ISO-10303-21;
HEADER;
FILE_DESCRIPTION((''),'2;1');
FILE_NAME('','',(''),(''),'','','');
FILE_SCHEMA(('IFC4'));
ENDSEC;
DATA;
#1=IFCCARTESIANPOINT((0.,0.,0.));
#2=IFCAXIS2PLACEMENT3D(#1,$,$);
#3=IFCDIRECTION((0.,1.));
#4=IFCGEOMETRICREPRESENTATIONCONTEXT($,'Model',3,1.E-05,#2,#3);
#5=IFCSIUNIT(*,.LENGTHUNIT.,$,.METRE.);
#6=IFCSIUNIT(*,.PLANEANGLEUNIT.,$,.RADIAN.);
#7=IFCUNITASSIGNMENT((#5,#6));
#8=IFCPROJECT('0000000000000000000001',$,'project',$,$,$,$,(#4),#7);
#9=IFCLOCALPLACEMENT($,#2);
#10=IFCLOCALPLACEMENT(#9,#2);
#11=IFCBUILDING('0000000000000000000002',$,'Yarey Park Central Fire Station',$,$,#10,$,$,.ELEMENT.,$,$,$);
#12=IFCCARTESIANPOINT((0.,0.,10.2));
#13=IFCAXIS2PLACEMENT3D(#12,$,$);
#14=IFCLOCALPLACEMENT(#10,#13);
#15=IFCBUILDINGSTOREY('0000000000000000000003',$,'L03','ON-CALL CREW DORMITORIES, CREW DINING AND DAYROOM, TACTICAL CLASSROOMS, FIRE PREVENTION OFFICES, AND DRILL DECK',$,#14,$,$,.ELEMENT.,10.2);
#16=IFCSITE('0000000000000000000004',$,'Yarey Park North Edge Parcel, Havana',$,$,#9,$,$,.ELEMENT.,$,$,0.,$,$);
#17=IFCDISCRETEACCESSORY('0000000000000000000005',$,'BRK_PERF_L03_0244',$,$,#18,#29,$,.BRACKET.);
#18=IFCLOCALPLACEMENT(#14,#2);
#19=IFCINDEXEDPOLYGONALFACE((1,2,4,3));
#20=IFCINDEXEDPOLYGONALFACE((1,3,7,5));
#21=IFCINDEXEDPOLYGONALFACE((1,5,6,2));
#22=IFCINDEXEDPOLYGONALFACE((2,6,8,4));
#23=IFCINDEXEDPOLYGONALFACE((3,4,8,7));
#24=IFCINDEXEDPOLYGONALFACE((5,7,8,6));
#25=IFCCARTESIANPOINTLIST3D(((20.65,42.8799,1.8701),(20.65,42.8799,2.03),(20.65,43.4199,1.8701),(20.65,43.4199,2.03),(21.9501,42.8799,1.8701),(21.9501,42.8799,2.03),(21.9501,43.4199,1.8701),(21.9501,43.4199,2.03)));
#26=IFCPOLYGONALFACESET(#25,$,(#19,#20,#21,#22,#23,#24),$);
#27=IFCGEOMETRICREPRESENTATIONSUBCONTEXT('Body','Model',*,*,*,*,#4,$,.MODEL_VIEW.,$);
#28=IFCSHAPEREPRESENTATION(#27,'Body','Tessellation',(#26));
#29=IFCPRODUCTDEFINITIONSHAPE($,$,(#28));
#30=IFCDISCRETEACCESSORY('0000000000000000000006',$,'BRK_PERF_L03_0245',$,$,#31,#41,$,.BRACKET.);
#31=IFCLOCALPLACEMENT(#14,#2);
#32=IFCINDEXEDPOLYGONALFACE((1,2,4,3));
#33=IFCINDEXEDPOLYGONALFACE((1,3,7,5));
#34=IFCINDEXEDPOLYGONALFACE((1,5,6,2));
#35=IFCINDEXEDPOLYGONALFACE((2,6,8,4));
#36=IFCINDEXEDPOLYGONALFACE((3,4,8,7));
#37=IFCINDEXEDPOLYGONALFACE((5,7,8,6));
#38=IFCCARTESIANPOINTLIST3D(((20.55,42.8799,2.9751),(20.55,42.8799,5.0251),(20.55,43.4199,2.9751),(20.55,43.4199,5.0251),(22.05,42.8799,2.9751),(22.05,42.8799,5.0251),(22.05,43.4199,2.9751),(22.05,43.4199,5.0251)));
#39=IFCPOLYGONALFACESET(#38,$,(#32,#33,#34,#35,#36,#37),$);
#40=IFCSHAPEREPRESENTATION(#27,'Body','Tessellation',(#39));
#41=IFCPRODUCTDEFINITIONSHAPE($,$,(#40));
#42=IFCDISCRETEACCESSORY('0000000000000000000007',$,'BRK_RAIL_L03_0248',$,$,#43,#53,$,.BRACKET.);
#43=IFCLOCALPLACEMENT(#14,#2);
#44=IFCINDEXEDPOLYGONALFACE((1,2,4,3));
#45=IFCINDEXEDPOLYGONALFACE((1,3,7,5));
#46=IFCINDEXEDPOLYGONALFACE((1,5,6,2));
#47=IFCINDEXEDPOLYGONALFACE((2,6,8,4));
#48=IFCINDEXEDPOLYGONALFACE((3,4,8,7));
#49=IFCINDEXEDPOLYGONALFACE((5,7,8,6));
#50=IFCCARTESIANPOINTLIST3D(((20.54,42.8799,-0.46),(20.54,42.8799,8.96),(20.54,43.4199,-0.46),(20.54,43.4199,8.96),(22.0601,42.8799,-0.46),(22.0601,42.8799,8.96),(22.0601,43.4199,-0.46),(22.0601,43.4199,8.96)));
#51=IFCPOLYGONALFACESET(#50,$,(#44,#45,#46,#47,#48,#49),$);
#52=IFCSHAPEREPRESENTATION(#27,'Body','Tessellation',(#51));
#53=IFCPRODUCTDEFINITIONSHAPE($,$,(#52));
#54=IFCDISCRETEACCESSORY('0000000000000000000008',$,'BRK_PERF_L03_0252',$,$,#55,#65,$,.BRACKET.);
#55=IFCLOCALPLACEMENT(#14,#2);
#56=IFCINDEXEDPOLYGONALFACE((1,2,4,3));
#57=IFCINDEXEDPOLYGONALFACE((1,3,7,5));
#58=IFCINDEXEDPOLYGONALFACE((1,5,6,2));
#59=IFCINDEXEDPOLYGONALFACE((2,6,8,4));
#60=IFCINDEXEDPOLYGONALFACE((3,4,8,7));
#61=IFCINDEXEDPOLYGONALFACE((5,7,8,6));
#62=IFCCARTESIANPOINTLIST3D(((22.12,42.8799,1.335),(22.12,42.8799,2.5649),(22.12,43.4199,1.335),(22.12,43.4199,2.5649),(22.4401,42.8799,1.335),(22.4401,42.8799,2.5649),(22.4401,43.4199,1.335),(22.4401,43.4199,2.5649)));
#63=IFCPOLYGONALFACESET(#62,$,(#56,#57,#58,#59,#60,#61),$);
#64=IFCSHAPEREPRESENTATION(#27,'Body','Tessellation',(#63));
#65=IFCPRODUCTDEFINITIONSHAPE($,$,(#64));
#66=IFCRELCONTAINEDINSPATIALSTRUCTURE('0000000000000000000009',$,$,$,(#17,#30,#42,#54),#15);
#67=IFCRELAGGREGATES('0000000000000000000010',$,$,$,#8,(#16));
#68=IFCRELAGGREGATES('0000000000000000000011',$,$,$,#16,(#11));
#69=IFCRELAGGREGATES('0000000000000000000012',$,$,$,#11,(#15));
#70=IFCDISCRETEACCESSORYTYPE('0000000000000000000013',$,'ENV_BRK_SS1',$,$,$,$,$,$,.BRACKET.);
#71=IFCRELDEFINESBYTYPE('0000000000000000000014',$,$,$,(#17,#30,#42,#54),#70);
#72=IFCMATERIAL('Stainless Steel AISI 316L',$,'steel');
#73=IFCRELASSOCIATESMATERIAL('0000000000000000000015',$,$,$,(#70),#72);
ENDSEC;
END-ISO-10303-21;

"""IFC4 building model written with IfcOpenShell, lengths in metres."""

from ifc_helpers import new_model, si_unit, direction, frame, origin, origin_2d, place, context, subcontext, project, spatial, rectangle, extrude, material, type_object, element, save


model = new_model("IFC4")

# Units and contexts
model_context = context("Model", 3, precision=1e-05, world=origin(), true_north=direction((0.0, 1.0)))
body_context = subcontext(model_context, "Body", "Model", "MODEL_VIEW")
ifc_project = project(units=[si_unit("LENGTHUNIT", "METRE"), si_unit("PLANEANGLEUNIT", "RADIAN")], contexts=[model_context])

# Site, building, storey
site_placement = place(None, origin())
site = spatial("IfcSite", under=ifc_project, at=site_placement, Name="Yarey Park North Edge Parcel, Havana", CompositionType="ELEMENT", RefElevation=0.0)
building_placement = place(site_placement, origin())
building = spatial("IfcBuilding", under=site, at=building_placement, Name="Yarey Park Central Fire Station", CompositionType="ELEMENT")
storey_placement = place(building_placement, frame((0.0, 0.0, 10.2)))
storey = spatial("IfcBuildingStorey", under=building, at=storey_placement, Name="L03", Description="ON-CALL CREW DORMITORIES, CREW DINING AND DAYROOM, TACTICAL CLASSROOMS, FIRE PREVENTION OFFICES, AND DRILL DECK", CompositionType="ELEMENT", Elevation=10.2)

# Discrete accessories
ifc_material_1 = material(Name="Stainless Steel AISI 316L", Category="steel")
discrete_accessory_type = type_object("IfcDiscreteAccessoryType", Name="ENV_BRK_SS1", PredefinedType="BRACKET", material=ifc_material_1)
discrete_accessory_1_placement = place(storey_placement, frame((21.3, 43.1499, 1.8701), z_axis=(0.0, 0.0, 1.0), x_axis=(1.0, 0.0, 0.0)))
element("IfcDiscreteAccessory", 1, at=discrete_accessory_1_placement, inside=storey, type_object=discrete_accessory_type, Name="BRK_PERF_L03_0244", PredefinedType="BRACKET", context=body_context, shape_type="SweptSolid", body=[
    extrude(rectangle(XDim=1.3, YDim=0.54, at=origin_2d()), origin(), (0.0, 0.0, 1.0), 0.1599),
])
discrete_accessory_2_placement = place(storey_placement, frame((21.3, 43.1499, 2.9751), z_axis=(0.0, 0.0, 1.0), x_axis=(1.0, 0.0, 0.0)))
element("IfcDiscreteAccessory", 2, at=discrete_accessory_2_placement, inside=storey, type_object=discrete_accessory_type, Name="BRK_PERF_L03_0245", PredefinedType="BRACKET", context=body_context, shape_type="SweptSolid", body=[
    extrude(rectangle(XDim=1.5, YDim=0.54, at=origin_2d()), origin(), (0.0, 0.0, 1.0), 2.05),
])
discrete_accessory_3_placement = place(storey_placement, frame((21.3, 43.1499, -0.46), z_axis=(0.0, 0.0, 1.0), x_axis=(1.0, 0.0, 0.0)))
element("IfcDiscreteAccessory", 3, at=discrete_accessory_3_placement, inside=storey, type_object=discrete_accessory_type, Name="BRK_RAIL_L03_0248", PredefinedType="BRACKET", context=body_context, shape_type="SweptSolid", body=[
    extrude(rectangle(XDim=1.52, YDim=0.54, at=origin_2d()), origin(), (0.0, 0.0, 1.0), 9.4199),
])
discrete_accessory_4_placement = place(storey_placement, frame((22.28, 43.1499, 1.335), z_axis=(0.0, 0.0, 1.0), x_axis=(1.0, 0.0, 0.0)))
element("IfcDiscreteAccessory", 4, at=discrete_accessory_4_placement, inside=storey, type_object=discrete_accessory_type, Name="BRK_PERF_L03_0252", PredefinedType="BRACKET", context=body_context, shape_type="SweptSolid", body=[
    extrude(rectangle(XDim=0.3201, YDim=0.54, at=origin_2d()), origin(), (0.0, 0.0, 1.0), 1.23),
])

save(model, "model.ifc")
